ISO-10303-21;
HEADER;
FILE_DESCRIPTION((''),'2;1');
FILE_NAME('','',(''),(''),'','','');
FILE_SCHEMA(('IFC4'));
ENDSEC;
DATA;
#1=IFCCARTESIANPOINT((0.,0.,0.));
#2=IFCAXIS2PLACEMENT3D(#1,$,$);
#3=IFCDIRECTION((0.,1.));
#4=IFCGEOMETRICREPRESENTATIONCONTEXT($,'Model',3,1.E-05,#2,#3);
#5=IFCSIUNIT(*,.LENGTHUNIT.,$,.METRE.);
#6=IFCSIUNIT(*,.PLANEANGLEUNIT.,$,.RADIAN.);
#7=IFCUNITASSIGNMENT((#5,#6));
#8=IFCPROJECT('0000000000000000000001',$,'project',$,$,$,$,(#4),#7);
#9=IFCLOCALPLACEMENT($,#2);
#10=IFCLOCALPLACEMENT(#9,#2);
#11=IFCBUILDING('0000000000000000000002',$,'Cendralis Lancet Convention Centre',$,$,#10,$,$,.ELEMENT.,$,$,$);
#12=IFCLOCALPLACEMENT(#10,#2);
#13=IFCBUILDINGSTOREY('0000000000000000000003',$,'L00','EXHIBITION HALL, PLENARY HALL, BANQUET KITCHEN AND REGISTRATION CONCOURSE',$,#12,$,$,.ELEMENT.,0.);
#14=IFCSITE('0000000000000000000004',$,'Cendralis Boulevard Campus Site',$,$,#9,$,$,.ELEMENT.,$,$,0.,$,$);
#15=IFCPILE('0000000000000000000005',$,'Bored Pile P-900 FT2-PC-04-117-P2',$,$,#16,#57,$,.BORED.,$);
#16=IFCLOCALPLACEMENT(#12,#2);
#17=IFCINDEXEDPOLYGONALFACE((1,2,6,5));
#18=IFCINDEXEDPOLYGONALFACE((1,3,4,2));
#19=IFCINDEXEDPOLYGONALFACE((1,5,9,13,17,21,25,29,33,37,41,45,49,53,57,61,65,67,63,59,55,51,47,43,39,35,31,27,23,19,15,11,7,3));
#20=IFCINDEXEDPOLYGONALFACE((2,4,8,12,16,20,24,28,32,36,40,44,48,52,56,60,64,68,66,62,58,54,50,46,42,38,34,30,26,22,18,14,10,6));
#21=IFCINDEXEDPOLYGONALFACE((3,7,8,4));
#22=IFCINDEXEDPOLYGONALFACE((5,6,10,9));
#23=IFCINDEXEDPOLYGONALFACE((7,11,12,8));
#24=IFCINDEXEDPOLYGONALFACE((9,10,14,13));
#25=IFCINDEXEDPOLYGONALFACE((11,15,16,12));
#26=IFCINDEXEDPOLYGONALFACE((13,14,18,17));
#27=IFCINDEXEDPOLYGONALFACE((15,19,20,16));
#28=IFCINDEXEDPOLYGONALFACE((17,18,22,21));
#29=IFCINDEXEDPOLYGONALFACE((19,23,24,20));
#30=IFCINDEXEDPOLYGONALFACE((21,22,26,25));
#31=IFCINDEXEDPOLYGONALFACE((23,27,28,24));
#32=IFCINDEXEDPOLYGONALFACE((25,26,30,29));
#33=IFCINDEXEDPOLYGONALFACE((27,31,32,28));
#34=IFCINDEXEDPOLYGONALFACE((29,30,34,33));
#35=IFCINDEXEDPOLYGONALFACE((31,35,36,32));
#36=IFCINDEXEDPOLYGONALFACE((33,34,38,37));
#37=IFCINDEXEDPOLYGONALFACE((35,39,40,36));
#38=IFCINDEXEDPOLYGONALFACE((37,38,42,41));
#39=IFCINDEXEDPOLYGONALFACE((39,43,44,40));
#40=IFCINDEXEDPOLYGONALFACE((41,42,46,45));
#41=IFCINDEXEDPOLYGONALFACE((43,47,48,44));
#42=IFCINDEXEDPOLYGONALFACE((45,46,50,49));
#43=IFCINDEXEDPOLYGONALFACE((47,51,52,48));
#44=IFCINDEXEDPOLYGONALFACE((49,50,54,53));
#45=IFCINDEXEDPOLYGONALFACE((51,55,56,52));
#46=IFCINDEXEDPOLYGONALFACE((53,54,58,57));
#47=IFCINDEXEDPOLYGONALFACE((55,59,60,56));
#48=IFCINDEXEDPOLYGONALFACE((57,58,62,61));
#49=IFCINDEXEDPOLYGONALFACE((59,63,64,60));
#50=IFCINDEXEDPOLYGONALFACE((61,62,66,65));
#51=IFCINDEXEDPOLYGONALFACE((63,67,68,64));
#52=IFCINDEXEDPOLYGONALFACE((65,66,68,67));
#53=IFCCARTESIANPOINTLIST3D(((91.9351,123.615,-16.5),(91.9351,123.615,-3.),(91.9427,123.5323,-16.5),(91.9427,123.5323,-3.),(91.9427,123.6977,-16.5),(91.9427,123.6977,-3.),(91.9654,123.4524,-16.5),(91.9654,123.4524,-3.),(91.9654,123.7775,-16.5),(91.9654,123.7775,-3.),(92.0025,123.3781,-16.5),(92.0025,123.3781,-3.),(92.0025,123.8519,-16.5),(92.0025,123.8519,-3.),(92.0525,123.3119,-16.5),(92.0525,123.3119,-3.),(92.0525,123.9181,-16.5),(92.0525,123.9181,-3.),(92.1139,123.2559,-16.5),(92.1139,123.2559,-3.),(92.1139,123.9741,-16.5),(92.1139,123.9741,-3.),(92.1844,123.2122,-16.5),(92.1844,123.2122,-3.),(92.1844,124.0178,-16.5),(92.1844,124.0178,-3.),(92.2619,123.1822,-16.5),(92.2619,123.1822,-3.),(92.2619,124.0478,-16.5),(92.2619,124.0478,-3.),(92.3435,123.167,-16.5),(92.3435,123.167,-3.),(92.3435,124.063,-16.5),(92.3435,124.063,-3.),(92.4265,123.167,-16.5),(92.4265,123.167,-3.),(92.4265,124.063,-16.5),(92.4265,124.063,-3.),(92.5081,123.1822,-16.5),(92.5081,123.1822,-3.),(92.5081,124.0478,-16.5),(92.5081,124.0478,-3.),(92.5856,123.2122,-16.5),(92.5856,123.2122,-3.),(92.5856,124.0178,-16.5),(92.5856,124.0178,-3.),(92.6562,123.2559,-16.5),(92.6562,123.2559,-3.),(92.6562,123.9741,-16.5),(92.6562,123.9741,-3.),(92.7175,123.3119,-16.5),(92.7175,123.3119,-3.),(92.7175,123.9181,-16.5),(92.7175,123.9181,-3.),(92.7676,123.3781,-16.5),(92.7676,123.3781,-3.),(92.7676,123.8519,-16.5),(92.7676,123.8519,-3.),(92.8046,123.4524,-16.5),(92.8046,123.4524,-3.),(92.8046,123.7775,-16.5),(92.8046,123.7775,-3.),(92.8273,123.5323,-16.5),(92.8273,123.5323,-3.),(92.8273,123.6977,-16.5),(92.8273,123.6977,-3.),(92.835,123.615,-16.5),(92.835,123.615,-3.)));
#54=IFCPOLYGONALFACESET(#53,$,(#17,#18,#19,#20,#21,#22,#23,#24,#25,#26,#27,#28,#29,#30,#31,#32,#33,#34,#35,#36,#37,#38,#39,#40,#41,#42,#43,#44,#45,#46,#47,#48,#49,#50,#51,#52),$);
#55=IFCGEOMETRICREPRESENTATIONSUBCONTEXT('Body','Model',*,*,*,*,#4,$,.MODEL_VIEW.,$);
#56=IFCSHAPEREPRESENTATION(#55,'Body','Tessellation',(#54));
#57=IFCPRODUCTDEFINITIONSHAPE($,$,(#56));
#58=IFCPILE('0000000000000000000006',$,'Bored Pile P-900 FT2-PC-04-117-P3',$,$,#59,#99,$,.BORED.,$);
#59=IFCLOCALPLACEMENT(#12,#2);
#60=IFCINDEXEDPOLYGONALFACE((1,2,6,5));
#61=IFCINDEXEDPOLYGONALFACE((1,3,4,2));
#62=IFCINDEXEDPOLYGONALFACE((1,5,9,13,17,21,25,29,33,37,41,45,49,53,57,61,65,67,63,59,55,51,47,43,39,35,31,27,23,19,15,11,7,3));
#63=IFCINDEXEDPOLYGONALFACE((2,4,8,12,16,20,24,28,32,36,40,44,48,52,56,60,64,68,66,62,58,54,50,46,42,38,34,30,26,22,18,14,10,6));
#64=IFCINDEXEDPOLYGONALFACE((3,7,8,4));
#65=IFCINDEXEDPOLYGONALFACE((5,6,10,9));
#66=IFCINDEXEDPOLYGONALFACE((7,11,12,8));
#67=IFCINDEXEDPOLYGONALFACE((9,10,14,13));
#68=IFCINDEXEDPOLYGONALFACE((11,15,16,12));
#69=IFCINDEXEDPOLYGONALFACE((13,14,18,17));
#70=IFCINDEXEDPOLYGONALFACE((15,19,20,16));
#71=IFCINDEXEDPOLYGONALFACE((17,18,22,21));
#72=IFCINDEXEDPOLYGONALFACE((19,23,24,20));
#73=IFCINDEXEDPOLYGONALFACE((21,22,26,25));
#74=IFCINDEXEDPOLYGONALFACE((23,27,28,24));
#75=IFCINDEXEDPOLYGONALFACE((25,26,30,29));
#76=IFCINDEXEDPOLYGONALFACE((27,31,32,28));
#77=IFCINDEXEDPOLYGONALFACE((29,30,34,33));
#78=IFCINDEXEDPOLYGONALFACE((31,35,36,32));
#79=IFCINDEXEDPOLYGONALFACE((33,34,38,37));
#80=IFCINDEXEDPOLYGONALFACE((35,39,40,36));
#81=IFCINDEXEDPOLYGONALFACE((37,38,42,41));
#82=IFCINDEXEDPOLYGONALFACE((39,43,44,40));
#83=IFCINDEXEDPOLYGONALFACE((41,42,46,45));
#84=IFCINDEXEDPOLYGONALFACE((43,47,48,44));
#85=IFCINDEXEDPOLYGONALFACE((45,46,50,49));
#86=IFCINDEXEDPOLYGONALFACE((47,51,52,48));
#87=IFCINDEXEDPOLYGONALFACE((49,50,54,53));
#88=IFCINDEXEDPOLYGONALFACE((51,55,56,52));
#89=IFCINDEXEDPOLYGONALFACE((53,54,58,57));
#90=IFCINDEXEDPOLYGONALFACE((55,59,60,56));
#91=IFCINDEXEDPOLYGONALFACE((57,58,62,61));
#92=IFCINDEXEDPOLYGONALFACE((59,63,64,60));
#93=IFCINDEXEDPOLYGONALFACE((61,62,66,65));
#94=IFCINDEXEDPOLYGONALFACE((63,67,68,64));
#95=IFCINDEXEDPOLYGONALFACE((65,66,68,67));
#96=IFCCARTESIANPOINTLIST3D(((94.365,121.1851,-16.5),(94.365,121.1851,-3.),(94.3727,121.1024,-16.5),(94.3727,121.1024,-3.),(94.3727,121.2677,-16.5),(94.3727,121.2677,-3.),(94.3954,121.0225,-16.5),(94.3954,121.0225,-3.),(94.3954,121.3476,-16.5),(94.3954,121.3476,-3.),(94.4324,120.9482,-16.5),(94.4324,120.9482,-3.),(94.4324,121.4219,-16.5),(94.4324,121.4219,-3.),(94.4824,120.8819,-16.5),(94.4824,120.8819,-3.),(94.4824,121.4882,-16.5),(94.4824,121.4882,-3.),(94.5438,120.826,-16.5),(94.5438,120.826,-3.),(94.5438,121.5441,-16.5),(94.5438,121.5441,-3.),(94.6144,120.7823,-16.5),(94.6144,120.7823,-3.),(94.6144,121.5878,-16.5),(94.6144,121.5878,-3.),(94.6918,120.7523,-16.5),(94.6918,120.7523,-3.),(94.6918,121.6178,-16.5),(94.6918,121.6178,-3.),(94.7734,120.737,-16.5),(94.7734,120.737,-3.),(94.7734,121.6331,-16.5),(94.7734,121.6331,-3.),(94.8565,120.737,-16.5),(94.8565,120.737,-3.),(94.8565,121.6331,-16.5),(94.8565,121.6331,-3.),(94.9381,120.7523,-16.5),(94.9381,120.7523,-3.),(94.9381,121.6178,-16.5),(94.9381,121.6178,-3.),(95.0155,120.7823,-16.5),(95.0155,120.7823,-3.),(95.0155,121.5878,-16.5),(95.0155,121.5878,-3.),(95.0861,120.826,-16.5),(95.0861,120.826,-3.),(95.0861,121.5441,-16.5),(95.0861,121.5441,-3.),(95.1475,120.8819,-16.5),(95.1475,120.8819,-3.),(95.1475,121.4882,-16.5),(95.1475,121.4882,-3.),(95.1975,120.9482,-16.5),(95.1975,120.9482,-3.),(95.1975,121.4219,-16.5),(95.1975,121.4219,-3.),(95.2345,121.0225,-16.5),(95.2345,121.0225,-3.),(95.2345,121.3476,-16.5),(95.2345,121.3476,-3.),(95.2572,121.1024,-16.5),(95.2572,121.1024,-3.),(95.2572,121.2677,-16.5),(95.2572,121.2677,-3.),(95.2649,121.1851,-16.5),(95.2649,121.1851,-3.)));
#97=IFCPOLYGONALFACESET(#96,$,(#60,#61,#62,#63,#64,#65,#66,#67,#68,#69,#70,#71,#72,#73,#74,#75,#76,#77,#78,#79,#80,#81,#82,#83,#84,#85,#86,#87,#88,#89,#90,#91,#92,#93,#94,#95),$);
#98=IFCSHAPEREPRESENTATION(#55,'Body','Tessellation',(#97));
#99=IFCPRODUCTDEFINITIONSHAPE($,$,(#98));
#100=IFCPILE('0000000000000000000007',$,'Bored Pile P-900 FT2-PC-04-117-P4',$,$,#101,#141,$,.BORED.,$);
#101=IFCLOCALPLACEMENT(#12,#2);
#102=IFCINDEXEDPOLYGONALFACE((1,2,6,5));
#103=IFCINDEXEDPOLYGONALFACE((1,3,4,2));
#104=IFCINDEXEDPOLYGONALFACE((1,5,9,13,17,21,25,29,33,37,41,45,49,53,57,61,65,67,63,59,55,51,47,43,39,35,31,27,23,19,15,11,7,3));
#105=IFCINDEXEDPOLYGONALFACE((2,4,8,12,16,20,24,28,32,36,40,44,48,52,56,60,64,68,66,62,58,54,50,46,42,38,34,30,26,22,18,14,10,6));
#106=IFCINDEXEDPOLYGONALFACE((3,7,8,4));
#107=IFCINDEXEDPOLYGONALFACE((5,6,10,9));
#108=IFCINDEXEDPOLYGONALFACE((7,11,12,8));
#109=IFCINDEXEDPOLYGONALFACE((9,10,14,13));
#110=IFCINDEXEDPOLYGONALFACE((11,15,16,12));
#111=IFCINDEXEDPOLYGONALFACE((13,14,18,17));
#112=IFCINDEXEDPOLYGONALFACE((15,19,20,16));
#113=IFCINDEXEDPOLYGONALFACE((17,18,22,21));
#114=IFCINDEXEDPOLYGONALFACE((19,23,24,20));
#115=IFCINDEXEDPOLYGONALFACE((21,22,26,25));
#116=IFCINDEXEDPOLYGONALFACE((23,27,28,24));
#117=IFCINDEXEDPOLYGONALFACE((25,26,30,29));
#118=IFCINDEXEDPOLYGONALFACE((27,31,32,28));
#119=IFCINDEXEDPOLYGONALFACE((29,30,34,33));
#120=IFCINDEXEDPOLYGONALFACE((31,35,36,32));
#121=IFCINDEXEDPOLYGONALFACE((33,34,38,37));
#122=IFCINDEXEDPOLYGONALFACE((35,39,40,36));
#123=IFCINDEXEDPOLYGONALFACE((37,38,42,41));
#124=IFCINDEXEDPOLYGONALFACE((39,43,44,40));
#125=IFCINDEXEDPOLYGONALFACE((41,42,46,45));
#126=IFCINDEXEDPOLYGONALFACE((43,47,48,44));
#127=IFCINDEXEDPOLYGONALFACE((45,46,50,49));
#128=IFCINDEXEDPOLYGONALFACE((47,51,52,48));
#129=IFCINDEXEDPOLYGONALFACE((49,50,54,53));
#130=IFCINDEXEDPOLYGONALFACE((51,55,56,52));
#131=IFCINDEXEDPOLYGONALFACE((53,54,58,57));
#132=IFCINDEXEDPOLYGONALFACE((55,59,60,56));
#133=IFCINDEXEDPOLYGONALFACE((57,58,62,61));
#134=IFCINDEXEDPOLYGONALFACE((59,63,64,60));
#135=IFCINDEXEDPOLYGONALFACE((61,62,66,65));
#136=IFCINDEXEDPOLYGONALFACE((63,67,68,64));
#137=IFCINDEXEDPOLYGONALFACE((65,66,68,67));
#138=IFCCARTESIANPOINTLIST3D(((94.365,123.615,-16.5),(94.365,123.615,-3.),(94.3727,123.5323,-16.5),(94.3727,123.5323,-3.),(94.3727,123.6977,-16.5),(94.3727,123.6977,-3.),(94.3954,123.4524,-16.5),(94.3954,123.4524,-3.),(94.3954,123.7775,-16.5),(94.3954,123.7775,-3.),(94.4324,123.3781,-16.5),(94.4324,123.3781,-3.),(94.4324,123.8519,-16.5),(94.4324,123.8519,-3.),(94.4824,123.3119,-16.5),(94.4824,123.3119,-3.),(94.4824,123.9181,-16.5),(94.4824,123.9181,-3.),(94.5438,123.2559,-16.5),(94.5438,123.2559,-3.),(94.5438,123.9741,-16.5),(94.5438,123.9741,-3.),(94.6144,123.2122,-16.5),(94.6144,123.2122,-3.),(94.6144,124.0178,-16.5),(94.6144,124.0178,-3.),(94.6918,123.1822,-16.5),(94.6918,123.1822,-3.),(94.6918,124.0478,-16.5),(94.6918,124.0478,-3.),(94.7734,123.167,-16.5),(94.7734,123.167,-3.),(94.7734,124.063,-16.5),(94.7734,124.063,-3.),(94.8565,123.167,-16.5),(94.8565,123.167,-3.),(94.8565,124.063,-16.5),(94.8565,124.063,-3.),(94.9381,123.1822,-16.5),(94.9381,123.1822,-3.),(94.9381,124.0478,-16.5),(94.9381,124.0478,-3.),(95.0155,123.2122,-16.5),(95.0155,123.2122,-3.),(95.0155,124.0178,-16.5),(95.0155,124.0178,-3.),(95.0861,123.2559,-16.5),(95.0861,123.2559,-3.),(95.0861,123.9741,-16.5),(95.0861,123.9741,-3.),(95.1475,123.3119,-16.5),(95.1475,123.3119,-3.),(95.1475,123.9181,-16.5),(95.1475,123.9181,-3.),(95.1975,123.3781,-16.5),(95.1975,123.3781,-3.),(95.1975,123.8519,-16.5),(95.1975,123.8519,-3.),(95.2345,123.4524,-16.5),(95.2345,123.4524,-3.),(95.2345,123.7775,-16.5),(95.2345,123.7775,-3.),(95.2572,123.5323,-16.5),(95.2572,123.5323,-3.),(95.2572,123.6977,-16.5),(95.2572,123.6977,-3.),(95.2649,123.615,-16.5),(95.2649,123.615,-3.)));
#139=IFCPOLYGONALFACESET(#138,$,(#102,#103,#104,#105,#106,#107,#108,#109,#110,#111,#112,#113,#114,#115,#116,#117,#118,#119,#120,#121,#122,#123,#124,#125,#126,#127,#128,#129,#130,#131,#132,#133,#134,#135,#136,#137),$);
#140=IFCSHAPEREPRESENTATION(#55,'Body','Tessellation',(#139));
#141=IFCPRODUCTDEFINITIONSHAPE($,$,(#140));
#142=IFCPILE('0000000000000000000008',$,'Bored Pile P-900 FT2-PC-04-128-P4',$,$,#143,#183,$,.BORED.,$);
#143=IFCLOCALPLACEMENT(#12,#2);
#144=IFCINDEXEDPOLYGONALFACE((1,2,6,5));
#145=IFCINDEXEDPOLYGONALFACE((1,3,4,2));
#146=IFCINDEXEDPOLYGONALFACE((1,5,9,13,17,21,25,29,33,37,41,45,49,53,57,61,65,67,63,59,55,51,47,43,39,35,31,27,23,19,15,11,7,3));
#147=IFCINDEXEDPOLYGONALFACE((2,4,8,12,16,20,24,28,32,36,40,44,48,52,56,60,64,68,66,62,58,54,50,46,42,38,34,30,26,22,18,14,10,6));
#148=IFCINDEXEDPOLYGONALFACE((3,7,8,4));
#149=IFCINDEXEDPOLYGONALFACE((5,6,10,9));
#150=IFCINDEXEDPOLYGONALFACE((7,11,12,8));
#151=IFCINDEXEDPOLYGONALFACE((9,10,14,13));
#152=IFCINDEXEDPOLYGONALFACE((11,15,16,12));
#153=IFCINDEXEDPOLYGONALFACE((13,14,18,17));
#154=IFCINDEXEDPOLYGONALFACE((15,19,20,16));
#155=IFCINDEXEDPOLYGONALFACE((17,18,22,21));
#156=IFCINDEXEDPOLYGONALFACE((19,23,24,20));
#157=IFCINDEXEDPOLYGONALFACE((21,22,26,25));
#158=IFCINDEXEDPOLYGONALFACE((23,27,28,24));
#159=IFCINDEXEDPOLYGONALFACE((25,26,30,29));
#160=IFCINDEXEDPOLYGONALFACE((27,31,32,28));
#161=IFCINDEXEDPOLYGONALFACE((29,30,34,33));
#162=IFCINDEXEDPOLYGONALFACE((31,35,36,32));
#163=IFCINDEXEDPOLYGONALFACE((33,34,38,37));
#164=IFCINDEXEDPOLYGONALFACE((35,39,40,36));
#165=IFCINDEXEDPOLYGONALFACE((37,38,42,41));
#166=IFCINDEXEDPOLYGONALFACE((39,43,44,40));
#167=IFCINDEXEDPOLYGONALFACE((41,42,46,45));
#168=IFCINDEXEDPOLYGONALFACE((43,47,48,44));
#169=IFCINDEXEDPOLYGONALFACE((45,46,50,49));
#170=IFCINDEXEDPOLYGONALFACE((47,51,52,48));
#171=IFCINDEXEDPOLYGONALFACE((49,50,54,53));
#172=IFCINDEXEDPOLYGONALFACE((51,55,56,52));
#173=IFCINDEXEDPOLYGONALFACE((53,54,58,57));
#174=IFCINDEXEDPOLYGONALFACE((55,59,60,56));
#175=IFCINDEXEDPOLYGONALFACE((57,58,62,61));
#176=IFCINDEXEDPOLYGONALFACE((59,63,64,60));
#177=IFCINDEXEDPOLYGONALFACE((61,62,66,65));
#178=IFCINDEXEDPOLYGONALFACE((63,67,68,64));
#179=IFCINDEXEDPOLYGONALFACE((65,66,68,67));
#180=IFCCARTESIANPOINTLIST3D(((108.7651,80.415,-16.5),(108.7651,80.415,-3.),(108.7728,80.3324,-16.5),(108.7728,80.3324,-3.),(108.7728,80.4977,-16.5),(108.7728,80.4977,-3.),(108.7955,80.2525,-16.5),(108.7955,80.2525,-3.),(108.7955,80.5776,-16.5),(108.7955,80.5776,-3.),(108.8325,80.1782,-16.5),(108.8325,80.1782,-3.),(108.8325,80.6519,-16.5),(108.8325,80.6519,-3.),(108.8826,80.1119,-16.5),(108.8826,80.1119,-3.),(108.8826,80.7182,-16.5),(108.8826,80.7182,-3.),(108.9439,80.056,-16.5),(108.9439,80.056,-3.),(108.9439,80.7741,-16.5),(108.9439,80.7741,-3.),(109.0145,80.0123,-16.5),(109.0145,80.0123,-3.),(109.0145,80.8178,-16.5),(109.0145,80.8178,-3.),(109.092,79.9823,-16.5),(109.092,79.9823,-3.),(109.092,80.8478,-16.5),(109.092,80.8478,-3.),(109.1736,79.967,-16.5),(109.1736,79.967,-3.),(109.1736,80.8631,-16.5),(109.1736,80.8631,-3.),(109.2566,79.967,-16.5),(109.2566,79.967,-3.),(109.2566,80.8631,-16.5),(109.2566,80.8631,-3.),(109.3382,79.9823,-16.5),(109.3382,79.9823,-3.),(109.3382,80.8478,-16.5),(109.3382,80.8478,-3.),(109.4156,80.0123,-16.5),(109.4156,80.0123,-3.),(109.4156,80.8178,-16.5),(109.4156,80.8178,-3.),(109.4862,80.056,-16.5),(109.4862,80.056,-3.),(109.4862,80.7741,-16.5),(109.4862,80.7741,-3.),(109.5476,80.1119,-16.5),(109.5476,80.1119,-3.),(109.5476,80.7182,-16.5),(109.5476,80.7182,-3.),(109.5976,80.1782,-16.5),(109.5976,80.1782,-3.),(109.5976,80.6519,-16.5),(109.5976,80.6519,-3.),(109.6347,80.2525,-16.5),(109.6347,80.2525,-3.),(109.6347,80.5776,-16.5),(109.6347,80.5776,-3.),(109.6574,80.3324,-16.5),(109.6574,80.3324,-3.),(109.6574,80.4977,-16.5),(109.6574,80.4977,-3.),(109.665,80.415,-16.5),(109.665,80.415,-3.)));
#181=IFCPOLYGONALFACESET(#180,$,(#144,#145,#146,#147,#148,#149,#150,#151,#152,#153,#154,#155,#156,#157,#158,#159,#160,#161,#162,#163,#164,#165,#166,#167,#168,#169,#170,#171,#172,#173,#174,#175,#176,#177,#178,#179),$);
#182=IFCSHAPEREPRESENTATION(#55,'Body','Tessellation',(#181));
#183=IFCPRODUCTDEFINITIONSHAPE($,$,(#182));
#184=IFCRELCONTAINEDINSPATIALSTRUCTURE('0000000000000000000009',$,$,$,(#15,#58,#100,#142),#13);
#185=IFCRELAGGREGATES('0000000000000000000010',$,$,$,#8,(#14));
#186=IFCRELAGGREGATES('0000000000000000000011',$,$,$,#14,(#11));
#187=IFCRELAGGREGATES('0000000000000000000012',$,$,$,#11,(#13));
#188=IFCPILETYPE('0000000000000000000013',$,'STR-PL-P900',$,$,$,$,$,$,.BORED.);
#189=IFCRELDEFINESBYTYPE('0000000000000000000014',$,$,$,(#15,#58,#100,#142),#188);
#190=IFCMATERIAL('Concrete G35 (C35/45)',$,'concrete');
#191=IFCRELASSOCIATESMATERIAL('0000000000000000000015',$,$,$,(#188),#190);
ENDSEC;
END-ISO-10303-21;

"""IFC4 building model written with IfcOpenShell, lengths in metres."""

from ifc_helpers import new_model, si_unit, direction, frame, origin, origin_2d, place, context, subcontext, project, spatial, circle, extrude, material, material_profile, profile_set, type_object, element, save


model = new_model("IFC4")

# Units and contexts
model_context = context("Model", 3, precision=1e-05, world=origin(), true_north=direction((0.0, 1.0)))
body_context = subcontext(model_context, "Body", "Model", "MODEL_VIEW")
ifc_project = project(units=[si_unit("LENGTHUNIT", "METRE"), si_unit("PLANEANGLEUNIT", "RADIAN")], contexts=[model_context])

# Site, building, storey
site_placement = place(None, origin())
site = spatial("IfcSite", under=ifc_project, at=site_placement, Name="Cendralis Boulevard Campus Site", CompositionType="ELEMENT", RefElevation=0.0)
building_placement = place(site_placement, origin())
building = spatial("IfcBuilding", under=site, at=building_placement, Name="Cendralis Lancet Convention Centre", CompositionType="ELEMENT")
storey_placement = place(building_placement, origin())
storey = spatial("IfcBuildingStorey", under=building, at=storey_placement, Name="L00", Description="EXHIBITION HALL, PLENARY HALL, BANQUET KITCHEN AND REGISTRATION CONCOURSE", CompositionType="ELEMENT", Elevation=0.0)

# Shared definitions
ifc_material_1 = material(Name="Concrete G35 (C35/45)", Category="concrete")

# Piles
ifc_material_profile_1 = material_profile(ifc_material_1, circle(Radius=0.45, at=origin_2d()), Name="BORED PILE D900")
ifc_profile_set_1 = profile_set([ifc_material_profile_1], Name="Concrete G35 (C35/45)")
pile_type = type_object("IfcPileType", Name="STR-PL-P900", PredefinedType="BORED", material=ifc_profile_set_1)
for number, where, z_axis, x_axis, name in (
    (1, (92.385, 123.615, -3.0), (0.0, 0.0, -1.0), (1.0, 0.0, 0.0), "Bored Pile P-900 FT2-PC-04-117-P2"),
    (2, (94.8149, 121.1851, -3.0), (0.0, 0.0, -1.0), (1.0, 0.0, 0.0), "Bored Pile P-900 FT2-PC-04-117-P3"),
    (3, (94.8149, 123.615, -3.0), (0.0, 0.0, -1.0), (1.0, 0.0, 0.0), "Bored Pile P-900 FT2-PC-04-117-P4"),
    (4, (109.2151, 80.415, -3.0), (0.0, 0.0, -1.0), (1.0, 0.0, 0.0), "Bored Pile P-900 FT2-PC-04-128-P4"),
):
    element("IfcPile", number, at=place(storey_placement, frame(where, z_axis=z_axis, x_axis=x_axis)), inside=storey, type_object=pile_type, Name=name, PredefinedType="BORED", context=body_context, shape_type="SweptSolid", body=[
        extrude(circle(Radius=0.45, at=origin_2d()), origin(), (0.0, 0.0, 1.0), 13.5),
    ])

save(model, "model.ifc")
